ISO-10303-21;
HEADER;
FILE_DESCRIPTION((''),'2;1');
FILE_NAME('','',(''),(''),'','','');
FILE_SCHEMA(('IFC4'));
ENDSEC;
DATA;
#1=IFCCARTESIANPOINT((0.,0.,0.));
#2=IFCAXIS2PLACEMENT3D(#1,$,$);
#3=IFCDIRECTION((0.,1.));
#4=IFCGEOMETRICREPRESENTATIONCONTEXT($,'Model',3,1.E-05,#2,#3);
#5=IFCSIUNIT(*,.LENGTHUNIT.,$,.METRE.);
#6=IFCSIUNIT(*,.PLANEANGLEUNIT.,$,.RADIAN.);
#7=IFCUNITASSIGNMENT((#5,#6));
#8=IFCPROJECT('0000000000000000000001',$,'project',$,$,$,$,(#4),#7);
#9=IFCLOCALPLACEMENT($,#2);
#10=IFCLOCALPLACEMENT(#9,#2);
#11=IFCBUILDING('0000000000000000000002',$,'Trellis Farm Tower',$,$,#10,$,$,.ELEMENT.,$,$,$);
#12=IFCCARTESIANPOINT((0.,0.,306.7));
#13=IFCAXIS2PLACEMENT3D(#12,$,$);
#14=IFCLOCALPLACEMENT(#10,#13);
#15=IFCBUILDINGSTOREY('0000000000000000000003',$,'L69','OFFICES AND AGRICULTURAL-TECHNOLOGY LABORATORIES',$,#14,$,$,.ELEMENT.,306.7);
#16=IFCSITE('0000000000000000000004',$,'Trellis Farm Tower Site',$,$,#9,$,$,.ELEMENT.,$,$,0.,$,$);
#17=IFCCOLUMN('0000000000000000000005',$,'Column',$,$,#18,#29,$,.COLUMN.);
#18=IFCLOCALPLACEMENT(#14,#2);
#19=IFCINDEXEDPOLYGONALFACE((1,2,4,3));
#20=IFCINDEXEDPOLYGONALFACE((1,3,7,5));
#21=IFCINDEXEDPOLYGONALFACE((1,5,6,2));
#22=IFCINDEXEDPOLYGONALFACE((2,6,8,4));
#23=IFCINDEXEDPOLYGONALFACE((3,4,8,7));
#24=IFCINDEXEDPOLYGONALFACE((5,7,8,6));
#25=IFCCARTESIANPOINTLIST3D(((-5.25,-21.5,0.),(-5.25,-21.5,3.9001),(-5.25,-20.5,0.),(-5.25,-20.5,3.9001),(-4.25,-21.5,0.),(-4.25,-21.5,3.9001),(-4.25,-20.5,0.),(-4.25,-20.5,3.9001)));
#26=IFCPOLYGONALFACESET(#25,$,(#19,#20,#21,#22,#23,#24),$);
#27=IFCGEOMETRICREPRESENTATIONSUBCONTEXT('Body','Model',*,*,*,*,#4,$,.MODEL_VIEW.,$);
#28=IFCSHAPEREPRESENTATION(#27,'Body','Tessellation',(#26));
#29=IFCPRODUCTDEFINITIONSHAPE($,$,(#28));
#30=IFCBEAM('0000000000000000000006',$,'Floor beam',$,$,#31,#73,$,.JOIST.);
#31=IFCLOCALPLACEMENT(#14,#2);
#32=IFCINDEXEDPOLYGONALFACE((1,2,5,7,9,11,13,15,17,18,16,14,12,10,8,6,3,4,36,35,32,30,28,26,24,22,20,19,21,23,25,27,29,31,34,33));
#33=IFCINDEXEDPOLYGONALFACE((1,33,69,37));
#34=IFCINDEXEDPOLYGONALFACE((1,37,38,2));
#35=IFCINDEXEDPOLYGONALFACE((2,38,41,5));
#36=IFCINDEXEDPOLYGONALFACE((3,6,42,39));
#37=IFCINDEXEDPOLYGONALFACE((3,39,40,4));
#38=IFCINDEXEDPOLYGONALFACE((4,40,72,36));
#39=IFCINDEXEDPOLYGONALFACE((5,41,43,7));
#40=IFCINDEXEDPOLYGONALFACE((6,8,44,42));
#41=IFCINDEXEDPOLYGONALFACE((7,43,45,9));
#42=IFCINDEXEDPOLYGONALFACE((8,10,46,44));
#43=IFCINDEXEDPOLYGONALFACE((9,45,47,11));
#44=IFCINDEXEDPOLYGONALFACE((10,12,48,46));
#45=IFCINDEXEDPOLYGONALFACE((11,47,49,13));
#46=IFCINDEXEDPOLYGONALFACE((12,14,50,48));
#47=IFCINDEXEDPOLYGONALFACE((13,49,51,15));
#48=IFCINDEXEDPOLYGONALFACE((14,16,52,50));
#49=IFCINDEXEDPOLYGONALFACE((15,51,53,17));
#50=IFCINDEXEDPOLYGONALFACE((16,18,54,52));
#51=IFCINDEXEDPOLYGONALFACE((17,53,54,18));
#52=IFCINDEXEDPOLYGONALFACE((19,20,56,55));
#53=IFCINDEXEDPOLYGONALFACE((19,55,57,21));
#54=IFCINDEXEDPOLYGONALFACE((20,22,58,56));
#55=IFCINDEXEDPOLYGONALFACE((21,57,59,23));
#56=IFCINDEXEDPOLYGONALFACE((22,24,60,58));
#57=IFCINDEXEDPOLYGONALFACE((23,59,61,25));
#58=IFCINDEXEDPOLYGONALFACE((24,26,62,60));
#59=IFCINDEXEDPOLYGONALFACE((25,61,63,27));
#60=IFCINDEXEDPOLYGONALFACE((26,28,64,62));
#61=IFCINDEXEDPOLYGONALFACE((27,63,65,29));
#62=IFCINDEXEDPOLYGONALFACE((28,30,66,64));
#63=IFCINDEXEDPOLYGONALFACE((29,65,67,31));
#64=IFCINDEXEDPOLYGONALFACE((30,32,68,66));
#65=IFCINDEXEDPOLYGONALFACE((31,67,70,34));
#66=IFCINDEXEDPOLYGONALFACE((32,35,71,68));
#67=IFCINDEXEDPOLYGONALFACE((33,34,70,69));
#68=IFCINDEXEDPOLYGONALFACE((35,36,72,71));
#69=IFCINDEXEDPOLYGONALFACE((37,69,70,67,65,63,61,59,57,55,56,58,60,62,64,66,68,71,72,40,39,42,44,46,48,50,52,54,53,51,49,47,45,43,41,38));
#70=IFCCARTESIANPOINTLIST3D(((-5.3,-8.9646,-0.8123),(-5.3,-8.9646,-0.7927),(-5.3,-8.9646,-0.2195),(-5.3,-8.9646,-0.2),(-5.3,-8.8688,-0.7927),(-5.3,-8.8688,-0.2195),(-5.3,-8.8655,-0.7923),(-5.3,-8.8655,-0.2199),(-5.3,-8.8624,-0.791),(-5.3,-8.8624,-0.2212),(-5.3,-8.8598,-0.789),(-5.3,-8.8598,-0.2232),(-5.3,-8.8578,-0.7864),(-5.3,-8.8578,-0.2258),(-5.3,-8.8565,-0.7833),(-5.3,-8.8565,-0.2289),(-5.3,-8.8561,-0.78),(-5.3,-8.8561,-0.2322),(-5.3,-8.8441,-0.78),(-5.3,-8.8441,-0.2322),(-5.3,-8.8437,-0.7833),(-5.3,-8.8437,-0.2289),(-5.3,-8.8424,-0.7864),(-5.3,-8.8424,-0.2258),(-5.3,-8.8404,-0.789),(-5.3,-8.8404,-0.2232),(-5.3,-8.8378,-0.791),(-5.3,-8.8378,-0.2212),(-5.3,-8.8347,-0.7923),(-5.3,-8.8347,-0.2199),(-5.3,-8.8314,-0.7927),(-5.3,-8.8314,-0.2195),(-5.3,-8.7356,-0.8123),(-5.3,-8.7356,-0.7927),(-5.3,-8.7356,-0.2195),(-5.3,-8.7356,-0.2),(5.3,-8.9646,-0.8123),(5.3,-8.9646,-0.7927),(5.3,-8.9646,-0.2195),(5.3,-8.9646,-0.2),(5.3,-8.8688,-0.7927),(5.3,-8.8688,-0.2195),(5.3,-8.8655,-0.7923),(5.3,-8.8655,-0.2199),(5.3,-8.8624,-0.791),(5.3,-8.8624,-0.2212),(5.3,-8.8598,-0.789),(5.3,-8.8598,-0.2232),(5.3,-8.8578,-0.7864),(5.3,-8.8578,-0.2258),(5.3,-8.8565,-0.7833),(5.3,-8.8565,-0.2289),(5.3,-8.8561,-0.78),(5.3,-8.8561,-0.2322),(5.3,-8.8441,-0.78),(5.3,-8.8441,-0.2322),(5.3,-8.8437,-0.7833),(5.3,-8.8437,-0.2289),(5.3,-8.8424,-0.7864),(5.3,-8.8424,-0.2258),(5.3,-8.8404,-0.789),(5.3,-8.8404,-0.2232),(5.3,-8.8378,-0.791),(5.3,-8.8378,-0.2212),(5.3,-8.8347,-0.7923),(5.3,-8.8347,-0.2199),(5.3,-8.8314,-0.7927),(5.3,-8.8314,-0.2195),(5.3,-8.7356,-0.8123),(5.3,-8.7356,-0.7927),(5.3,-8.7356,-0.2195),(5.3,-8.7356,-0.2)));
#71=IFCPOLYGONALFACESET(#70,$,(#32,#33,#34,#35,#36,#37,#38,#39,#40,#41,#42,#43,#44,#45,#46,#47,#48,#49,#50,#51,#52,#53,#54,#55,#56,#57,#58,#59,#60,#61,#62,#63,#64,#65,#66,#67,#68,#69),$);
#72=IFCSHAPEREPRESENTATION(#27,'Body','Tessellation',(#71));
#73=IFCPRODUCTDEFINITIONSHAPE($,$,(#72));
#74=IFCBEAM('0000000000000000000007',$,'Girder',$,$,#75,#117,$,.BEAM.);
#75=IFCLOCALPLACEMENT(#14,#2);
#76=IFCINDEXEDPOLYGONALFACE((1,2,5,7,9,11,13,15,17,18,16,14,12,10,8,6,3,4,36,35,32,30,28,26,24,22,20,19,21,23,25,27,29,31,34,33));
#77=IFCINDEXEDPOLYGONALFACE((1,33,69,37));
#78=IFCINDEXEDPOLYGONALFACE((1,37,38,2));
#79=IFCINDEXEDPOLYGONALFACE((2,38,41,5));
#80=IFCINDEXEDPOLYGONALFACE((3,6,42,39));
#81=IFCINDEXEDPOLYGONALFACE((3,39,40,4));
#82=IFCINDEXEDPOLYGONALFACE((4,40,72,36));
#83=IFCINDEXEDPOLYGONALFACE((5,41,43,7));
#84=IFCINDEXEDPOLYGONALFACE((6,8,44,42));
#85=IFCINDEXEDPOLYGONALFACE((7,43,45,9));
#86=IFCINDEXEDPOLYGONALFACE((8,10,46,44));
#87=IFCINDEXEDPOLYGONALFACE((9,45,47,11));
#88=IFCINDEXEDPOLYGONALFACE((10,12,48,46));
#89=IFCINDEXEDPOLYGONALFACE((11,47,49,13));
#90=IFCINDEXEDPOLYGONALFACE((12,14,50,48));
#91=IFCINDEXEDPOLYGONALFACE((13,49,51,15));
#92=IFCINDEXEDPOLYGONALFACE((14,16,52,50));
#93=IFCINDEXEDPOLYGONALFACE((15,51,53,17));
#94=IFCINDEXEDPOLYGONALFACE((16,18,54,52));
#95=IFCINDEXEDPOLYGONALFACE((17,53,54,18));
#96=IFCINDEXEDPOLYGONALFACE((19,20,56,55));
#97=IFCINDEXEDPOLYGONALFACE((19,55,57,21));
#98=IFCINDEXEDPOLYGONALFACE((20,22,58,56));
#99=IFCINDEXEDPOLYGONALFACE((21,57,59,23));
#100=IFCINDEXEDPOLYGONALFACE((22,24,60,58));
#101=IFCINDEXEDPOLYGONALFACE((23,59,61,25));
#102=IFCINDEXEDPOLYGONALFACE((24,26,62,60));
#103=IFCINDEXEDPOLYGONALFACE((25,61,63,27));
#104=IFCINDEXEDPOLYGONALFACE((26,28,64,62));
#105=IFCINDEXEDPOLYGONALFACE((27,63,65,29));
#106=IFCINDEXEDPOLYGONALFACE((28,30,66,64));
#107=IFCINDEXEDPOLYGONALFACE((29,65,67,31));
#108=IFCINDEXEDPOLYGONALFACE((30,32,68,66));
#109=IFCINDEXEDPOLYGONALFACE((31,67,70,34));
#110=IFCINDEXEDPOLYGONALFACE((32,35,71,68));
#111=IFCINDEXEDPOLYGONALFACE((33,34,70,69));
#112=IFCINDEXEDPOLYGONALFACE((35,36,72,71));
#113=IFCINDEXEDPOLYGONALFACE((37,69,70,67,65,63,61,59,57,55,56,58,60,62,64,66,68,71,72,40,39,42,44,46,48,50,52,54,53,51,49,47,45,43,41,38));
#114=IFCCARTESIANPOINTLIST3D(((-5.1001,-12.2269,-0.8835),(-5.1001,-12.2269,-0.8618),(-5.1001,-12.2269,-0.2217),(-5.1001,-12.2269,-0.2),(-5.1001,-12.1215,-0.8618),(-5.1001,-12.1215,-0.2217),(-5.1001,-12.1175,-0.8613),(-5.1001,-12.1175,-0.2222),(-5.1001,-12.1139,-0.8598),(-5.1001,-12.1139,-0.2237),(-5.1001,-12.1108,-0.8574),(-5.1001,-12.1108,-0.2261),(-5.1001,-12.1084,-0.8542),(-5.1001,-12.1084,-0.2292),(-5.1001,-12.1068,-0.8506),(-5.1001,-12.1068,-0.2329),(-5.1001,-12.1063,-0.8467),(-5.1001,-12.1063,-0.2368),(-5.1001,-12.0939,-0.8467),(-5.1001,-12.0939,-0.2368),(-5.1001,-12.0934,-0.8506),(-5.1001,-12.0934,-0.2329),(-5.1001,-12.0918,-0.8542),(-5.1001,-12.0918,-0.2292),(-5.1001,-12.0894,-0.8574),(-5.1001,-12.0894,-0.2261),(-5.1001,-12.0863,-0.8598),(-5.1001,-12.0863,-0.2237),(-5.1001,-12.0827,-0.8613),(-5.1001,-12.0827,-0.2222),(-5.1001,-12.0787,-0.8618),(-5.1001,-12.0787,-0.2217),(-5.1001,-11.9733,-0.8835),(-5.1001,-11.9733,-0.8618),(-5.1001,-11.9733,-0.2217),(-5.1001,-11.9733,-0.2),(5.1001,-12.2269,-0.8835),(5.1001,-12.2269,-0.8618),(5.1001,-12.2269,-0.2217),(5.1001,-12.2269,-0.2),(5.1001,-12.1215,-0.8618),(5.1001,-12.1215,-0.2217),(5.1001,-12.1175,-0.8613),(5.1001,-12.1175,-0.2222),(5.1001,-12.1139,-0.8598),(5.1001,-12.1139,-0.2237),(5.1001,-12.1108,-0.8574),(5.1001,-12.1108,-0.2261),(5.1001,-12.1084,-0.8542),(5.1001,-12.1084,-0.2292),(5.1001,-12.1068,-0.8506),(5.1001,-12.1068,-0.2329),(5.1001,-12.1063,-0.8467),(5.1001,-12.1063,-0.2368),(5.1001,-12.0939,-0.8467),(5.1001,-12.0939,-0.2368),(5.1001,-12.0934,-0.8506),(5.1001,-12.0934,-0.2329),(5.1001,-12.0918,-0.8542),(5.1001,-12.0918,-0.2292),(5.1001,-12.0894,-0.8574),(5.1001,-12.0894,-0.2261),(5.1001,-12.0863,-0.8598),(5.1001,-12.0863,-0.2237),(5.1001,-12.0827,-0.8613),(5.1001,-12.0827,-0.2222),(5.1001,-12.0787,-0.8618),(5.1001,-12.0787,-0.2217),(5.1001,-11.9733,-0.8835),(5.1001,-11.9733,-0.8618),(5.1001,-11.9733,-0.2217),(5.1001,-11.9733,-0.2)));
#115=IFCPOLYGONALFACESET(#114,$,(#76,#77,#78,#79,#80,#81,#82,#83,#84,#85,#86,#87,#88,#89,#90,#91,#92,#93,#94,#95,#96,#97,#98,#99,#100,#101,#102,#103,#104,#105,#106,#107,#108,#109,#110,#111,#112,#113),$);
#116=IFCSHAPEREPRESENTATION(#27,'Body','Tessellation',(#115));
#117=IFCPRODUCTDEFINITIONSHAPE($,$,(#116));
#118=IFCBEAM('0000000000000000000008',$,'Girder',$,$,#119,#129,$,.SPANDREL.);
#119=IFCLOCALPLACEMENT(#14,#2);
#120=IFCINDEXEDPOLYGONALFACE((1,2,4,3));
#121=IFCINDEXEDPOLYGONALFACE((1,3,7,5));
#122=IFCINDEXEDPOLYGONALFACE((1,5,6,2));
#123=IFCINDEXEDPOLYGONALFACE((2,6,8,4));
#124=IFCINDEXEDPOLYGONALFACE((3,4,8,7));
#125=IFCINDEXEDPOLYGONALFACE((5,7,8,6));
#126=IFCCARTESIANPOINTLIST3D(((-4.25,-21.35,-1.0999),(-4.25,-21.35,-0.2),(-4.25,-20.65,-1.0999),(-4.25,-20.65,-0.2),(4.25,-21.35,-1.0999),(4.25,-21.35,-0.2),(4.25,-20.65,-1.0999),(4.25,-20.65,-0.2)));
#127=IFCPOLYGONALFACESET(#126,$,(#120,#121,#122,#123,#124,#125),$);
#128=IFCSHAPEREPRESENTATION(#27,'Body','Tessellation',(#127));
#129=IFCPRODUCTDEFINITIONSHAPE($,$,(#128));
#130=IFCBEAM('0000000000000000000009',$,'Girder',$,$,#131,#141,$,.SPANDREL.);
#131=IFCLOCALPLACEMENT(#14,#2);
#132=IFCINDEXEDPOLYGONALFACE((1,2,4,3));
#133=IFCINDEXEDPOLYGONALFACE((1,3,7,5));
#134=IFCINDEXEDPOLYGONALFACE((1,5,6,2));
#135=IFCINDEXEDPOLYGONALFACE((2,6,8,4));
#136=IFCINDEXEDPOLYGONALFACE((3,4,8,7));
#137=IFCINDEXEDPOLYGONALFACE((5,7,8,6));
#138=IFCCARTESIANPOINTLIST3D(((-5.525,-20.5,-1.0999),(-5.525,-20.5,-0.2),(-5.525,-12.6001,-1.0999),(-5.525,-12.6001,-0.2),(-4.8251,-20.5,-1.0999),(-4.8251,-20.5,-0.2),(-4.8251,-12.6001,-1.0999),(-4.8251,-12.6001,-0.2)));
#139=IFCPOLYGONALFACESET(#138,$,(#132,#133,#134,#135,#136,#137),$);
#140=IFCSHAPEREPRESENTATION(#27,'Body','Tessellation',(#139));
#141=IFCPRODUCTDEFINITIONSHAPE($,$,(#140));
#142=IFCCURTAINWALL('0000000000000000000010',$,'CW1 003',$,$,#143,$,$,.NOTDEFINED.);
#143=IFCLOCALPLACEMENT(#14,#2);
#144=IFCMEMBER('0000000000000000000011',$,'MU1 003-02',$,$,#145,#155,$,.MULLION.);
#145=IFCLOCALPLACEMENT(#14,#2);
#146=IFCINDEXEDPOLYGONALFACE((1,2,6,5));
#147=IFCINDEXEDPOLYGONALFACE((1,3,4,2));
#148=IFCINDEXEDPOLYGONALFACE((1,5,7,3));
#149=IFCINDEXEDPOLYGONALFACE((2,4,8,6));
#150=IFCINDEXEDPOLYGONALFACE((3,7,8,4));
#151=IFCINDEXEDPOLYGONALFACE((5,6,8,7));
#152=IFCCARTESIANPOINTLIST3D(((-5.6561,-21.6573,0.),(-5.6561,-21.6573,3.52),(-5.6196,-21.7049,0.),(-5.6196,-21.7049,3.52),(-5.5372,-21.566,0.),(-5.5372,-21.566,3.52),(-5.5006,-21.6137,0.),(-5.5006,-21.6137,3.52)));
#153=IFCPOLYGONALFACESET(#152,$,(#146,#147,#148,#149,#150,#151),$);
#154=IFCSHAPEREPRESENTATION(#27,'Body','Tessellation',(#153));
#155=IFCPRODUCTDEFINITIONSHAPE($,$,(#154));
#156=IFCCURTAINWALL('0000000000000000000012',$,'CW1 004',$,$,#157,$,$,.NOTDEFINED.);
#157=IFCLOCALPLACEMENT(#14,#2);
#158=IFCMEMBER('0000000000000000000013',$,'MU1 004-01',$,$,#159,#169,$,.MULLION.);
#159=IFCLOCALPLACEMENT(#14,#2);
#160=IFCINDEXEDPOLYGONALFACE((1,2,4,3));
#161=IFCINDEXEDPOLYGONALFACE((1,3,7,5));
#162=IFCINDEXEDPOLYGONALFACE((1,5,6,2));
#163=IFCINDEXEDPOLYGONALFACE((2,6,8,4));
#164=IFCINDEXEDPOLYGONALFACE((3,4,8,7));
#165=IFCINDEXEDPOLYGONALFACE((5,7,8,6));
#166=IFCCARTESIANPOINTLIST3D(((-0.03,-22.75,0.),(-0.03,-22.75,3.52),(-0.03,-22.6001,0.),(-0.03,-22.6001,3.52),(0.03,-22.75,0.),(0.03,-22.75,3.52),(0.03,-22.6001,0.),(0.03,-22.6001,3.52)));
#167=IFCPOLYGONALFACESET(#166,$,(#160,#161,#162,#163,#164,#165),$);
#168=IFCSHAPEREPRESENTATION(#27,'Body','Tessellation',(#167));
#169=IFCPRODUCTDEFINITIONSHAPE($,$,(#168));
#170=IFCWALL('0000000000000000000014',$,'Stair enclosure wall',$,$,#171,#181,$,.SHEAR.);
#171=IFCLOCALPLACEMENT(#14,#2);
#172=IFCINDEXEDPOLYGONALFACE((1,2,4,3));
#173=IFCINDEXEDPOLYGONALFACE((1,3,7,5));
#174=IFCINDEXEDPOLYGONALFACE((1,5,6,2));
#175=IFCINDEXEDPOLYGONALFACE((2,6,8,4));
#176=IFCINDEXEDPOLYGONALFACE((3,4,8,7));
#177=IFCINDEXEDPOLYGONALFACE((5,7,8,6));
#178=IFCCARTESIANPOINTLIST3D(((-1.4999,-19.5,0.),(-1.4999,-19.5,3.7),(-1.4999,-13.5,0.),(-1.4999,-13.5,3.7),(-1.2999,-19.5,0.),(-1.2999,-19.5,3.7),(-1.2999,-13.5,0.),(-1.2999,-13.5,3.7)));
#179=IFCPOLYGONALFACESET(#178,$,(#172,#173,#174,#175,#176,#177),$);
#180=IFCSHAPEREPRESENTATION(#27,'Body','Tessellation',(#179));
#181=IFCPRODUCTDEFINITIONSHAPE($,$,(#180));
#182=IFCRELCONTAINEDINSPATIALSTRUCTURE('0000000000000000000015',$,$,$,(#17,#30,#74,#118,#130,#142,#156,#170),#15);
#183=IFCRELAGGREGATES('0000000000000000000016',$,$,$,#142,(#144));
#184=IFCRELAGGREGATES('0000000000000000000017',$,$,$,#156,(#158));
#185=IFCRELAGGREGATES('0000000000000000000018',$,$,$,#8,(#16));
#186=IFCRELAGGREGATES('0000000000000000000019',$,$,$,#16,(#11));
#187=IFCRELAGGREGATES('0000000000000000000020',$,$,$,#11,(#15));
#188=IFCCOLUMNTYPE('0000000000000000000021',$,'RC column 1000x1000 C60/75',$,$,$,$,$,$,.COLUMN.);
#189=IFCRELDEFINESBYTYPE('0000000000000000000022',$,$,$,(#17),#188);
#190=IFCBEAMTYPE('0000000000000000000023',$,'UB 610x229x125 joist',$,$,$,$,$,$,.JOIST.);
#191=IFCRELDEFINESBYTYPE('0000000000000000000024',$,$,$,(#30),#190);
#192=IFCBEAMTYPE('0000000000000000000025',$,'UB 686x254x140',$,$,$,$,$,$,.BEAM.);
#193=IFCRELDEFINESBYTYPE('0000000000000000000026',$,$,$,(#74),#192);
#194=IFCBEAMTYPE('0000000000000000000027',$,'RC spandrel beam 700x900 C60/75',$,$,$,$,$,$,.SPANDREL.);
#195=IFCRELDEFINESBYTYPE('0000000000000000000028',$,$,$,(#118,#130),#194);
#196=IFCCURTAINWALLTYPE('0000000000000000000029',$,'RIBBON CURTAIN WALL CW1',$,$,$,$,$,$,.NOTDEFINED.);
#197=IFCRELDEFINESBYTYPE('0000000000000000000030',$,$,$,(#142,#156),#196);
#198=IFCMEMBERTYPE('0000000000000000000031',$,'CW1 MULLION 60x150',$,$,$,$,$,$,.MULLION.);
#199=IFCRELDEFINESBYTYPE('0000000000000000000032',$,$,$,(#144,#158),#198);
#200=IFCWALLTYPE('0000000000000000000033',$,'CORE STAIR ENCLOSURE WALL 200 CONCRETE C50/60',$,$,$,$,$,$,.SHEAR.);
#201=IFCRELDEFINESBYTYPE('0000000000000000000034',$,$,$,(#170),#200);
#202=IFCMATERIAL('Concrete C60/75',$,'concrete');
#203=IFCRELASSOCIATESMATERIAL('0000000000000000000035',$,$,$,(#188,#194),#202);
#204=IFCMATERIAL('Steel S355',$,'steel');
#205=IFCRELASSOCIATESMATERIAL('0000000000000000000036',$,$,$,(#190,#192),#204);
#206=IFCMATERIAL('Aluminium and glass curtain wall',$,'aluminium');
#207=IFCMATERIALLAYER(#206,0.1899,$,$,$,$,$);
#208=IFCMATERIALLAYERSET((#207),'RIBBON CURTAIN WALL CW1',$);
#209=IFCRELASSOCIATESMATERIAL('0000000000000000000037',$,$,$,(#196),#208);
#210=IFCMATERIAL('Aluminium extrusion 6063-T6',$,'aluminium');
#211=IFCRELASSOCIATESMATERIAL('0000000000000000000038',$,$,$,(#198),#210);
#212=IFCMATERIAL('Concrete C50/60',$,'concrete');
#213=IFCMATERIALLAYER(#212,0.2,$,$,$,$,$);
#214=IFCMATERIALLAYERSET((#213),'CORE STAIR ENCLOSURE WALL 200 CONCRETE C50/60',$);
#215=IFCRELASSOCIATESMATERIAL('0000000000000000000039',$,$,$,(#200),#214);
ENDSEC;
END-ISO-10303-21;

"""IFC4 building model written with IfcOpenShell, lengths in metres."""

from ifc_helpers import new_model, si_unit, direction, frame, frame_2d, origin, origin_2d, place, context, subcontext, project, spatial, rectangle, i_section, extrude, source, transform, mapped, material, layer, layer_set, material_profile, profile_set, type_object, element, aggregate, save


model = new_model("IFC4")

# Units and contexts
model_context = context("Model", 3, precision=1e-05, world=origin(), true_north=direction((0.0, 1.0)))
body_context = subcontext(model_context, "Body", "Model", "MODEL_VIEW")
ifc_project = project(units=[si_unit("LENGTHUNIT", "METRE"), si_unit("PLANEANGLEUNIT", "RADIAN")], contexts=[model_context])

# Site, building, storey
site_placement = place(None, origin())
site = spatial("IfcSite", under=ifc_project, at=site_placement, Name="Trellis Farm Tower Site", CompositionType="ELEMENT", RefElevation=0.0)
building_placement = place(site_placement, origin())
building = spatial("IfcBuilding", under=site, at=building_placement, Name="Trellis Farm Tower", CompositionType="ELEMENT")
storey_placement = place(building_placement, frame((0.0, 0.0, 306.7)))
storey = spatial("IfcBuildingStorey", under=building, at=storey_placement, Name="L69", Description="OFFICES AND AGRICULTURAL-TECHNOLOGY LABORATORIES", CompositionType="ELEMENT", Elevation=306.7)

# Column
ifc_material_1 = material(Name="Concrete C60/75", Category="concrete")
ifc_material_profile_1 = material_profile(ifc_material_1, rectangle(XDim=1.0, YDim=1.0, at=origin_2d()), Name="RC column 1000x1000 C60/75")
ifc_profile_set_1 = profile_set([ifc_material_profile_1], Name="Concrete C60/75")
column_type = type_object("IfcColumnType", Name="RC column 1000x1000 C60/75", PredefinedType="COLUMN", material=ifc_profile_set_1)
shared_shape_1 = source(origin(), body_context, "Body", "SweptSolid", [
    extrude(rectangle(XDim=1.0, YDim=1.0, at=origin_2d()), origin(), (0.0, 0.0, 1.0), 3.9001),
])
column_placement = place(storey_placement, frame((-4.75, -21.0, 0.0), z_axis=(0.0, 0.0, 1.0), x_axis=(1.0, 0.0, 0.0)))
element("IfcColumn", 1, at=column_placement, inside=storey, type_object=column_type, Name="Column", PredefinedType="COLUMN", context=body_context, shape_type="MappedRepresentation", body=[
    mapped(shared_shape_1, transform((0.0, 0.0, 0.0))),
])

# Beams
ifc_material_2 = material(Name="Steel S355", Category="steel")
ifc_material_profile_2 = material_profile(ifc_material_2, i_section(OverallWidth=0.229, OverallDepth=0.6123, WebThickness=0.012, FlangeThickness=0.0195, FilletRadius=0.0127, at=origin_2d()), Name="UB 610x229x125")
ifc_profile_set_2 = profile_set([ifc_material_profile_2], Name="Steel S355")
beam_type_1 = type_object("IfcBeamType", Name="UB 610x229x125 joist", PredefinedType="JOIST", material=ifc_profile_set_2)
shared_shape_2 = source(origin(), body_context, "Body", "SweptSolid", [
    extrude(i_section(OverallWidth=0.229, OverallDepth=0.6123, WebThickness=0.012, FlangeThickness=0.0195, FilletRadius=0.0127, at=origin_2d()), origin(), (0.0, 0.0, 1.0), 10.6001),
])
beam_1_placement = place(storey_placement, frame((-5.3, -8.8501, -0.5061), z_axis=(1.0, 0.0, 0.0), x_axis=(0.0, 1.0, 0.0)))
element("IfcBeam", 2, at=beam_1_placement, inside=storey, type_object=beam_type_1, Name="Floor beam", PredefinedType="JOIST", context=body_context, shape_type="MappedRepresentation", body=[
    mapped(shared_shape_2, transform((0.0, 0.0, 0.0))),
])
ifc_material_profile_3 = material_profile(ifc_material_2, i_section(OverallWidth=0.2537, OverallDepth=0.6836, WebThickness=0.0125, FlangeThickness=0.0217, FilletRadius=0.0151, at=origin_2d()), Name="UB 686x254x140")
ifc_profile_set_3 = profile_set([ifc_material_profile_3], Name="Steel S355")
beam_type_2 = type_object("IfcBeamType", Name="UB 686x254x140", PredefinedType="BEAM", material=ifc_profile_set_3)
shared_shape_3 = source(origin(), body_context, "Body", "SweptSolid", [
    extrude(i_section(OverallWidth=0.2537, OverallDepth=0.6836, WebThickness=0.0125, FlangeThickness=0.0217, FilletRadius=0.0151, at=origin_2d()), origin(), (0.0, 0.0, 1.0), 10.2002),
])
beam_2_placement = place(storey_placement, frame((-5.1001, -12.1001, -0.5417), z_axis=(1.0, 0.0, 0.0), x_axis=(0.0, 1.0, 0.0)))
element("IfcBeam", 3, at=beam_2_placement, inside=storey, type_object=beam_type_2, Name="Girder", PredefinedType="BEAM", context=body_context, shape_type="MappedRepresentation", body=[
    mapped(shared_shape_3, transform((0.0, 0.0, 0.0))),
])
ifc_material_profile_4 = material_profile(ifc_material_1, rectangle(XDim=0.7, YDim=0.8999, at=origin_2d()), Name="RC spandrel beam 700x900 C60/75")
ifc_profile_set_4 = profile_set([ifc_material_profile_4], Name="Concrete C60/75")
beam_type_3 = type_object("IfcBeamType", Name="RC spandrel beam 700x900 C60/75", PredefinedType="SPANDREL", material=ifc_profile_set_4)
shared_shape_4 = source(origin(), body_context, "Body", "SweptSolid", [
    extrude(rectangle(XDim=0.7, YDim=0.8999, at=origin_2d()), origin(), (0.0, 0.0, 1.0), 8.5),
])
beam_3_placement = place(storey_placement, frame((-4.25, -21.0, -0.6499), z_axis=(1.0, 0.0, 0.0), x_axis=(0.0, 1.0, 0.0)))
element("IfcBeam", 4, at=beam_3_placement, inside=storey, type_object=beam_type_3, Name="Girder", PredefinedType="SPANDREL", context=body_context, shape_type="MappedRepresentation", body=[
    mapped(shared_shape_4, transform((0.0, 0.0, 0.0))),
])
shared_shape_5 = source(origin(), body_context, "Body", "SweptSolid", [
    extrude(rectangle(XDim=0.7, YDim=0.8999, at=origin_2d()), origin(), (0.0, 0.0, 1.0), 7.8999),
])
beam_4_placement = place(storey_placement, frame((-5.175, -20.5, -0.6499), z_axis=(0.0, 1.0, 0.0), x_axis=(-1.0, 0.0, 0.0)))
element("IfcBeam", 5, at=beam_4_placement, inside=storey, type_object=beam_type_3, Name="Girder", PredefinedType="SPANDREL", context=body_context, shape_type="MappedRepresentation", body=[
    mapped(shared_shape_5, transform((0.0, 0.0, 0.0))),
])

# Curtain walls, members
ifc_material_3 = material(Name="Aluminium and glass curtain wall", Category="aluminium")
ifc_layer_1 = layer(ifc_material_3, 0.1899)
ifc_layer_set_1 = layer_set([ifc_layer_1], Name="RIBBON CURTAIN WALL CW1")
curtain_wall_type = type_object("IfcCurtainWallType", Name="RIBBON CURTAIN WALL CW1", PredefinedType="NOTDEFINED", material=ifc_layer_set_1)
placement = place(storey_placement, origin())
curtain_wall_1 = element("IfcCurtainWall", 6, at=placement, inside=storey, type_object=curtain_wall_type, Name="CW1 003", PredefinedType="NOTDEFINED")
ifc_material_4 = material(Name="Aluminium extrusion 6063-T6", Category="aluminium")
ifc_material_profile_5 = material_profile(ifc_material_4, rectangle(XDim=0.0601, YDim=0.1499, at=origin_2d()), Name="MULLION 60x150")
ifc_profile_set_5 = profile_set([ifc_material_profile_5], Name="Aluminium extrusion 6063-T6")
member_type = type_object("IfcMemberType", Name="CW1 MULLION 60x150", PredefinedType="MULLION", material=ifc_profile_set_5)
shared_shape_6 = source(origin(), body_context, "Body", "SweptSolid", [
    extrude(rectangle(XDim=0.0601, YDim=0.1499, at=origin_2d()), origin(), (0.0, 0.0, 1.0), 3.52),
])
member_1_placement = place(storey_placement, frame((-5.5784, -21.6355, 0.0), z_axis=(0.0, 0.0, 1.0), x_axis=(0.608761, -0.793353, 0.0)))
member_1 = element("IfcMember", 7, at=member_1_placement, type_object=member_type, Name="MU1 003-02", PredefinedType="MULLION", context=body_context, shape_type="MappedRepresentation", body=[
    mapped(shared_shape_6, transform((0.0, 0.0, 0.0))),
])
aggregate(curtain_wall_1, [member_1])
curtain_wall_2 = element("IfcCurtainWall", 8, at=placement, inside=storey, type_object=curtain_wall_type, Name="CW1 004", PredefinedType="NOTDEFINED")
member_2_placement = place(storey_placement, frame((0.0, -22.675, 0.0), z_axis=(0.0, 0.0, 1.0), x_axis=(1.0, 0.0, 0.0)))
member_2 = element("IfcMember", 9, at=member_2_placement, type_object=member_type, Name="MU1 004-01", PredefinedType="MULLION", context=body_context, shape_type="MappedRepresentation", body=[
    mapped(shared_shape_6, transform((0.0, 0.0, 0.0))),
])
aggregate(curtain_wall_2, [member_2])

# Wall
ifc_material_5 = material(Name="Concrete C50/60", Category="concrete")
ifc_layer_2 = layer(ifc_material_5, 0.2)
ifc_layer_set_2 = layer_set([ifc_layer_2], Name="CORE STAIR ENCLOSURE WALL 200 CONCRETE C50/60")
wall_type_1 = type_object("IfcWallType", Name="CORE STAIR ENCLOSURE WALL 200 CONCRETE C50/60", PredefinedType="SHEAR", material=ifc_layer_set_2)
shared_shape_7 = source(origin(), body_context, "Body", "SweptSolid", [
    extrude(rectangle(XDim=6.0, YDim=0.2, at=frame_2d((3.0, 0.0))), origin(), (0.0, 0.0, 1.0), 3.7),
])
wall_1_placement = place(storey_placement, frame((-1.3999, -13.5, 0.0), z_axis=(0.0, 0.0, 1.0), x_axis=(0.0, -1.0, 0.0)))
element("IfcWall", 10, at=wall_1_placement, inside=storey, type_object=wall_type_1, Name="Stair enclosure wall", PredefinedType="SHEAR", context=body_context, shape_type="MappedRepresentation", body=[
    mapped(shared_shape_7, transform((0.0, 0.0, 0.0))),
])

save(model, "model.ifc")
